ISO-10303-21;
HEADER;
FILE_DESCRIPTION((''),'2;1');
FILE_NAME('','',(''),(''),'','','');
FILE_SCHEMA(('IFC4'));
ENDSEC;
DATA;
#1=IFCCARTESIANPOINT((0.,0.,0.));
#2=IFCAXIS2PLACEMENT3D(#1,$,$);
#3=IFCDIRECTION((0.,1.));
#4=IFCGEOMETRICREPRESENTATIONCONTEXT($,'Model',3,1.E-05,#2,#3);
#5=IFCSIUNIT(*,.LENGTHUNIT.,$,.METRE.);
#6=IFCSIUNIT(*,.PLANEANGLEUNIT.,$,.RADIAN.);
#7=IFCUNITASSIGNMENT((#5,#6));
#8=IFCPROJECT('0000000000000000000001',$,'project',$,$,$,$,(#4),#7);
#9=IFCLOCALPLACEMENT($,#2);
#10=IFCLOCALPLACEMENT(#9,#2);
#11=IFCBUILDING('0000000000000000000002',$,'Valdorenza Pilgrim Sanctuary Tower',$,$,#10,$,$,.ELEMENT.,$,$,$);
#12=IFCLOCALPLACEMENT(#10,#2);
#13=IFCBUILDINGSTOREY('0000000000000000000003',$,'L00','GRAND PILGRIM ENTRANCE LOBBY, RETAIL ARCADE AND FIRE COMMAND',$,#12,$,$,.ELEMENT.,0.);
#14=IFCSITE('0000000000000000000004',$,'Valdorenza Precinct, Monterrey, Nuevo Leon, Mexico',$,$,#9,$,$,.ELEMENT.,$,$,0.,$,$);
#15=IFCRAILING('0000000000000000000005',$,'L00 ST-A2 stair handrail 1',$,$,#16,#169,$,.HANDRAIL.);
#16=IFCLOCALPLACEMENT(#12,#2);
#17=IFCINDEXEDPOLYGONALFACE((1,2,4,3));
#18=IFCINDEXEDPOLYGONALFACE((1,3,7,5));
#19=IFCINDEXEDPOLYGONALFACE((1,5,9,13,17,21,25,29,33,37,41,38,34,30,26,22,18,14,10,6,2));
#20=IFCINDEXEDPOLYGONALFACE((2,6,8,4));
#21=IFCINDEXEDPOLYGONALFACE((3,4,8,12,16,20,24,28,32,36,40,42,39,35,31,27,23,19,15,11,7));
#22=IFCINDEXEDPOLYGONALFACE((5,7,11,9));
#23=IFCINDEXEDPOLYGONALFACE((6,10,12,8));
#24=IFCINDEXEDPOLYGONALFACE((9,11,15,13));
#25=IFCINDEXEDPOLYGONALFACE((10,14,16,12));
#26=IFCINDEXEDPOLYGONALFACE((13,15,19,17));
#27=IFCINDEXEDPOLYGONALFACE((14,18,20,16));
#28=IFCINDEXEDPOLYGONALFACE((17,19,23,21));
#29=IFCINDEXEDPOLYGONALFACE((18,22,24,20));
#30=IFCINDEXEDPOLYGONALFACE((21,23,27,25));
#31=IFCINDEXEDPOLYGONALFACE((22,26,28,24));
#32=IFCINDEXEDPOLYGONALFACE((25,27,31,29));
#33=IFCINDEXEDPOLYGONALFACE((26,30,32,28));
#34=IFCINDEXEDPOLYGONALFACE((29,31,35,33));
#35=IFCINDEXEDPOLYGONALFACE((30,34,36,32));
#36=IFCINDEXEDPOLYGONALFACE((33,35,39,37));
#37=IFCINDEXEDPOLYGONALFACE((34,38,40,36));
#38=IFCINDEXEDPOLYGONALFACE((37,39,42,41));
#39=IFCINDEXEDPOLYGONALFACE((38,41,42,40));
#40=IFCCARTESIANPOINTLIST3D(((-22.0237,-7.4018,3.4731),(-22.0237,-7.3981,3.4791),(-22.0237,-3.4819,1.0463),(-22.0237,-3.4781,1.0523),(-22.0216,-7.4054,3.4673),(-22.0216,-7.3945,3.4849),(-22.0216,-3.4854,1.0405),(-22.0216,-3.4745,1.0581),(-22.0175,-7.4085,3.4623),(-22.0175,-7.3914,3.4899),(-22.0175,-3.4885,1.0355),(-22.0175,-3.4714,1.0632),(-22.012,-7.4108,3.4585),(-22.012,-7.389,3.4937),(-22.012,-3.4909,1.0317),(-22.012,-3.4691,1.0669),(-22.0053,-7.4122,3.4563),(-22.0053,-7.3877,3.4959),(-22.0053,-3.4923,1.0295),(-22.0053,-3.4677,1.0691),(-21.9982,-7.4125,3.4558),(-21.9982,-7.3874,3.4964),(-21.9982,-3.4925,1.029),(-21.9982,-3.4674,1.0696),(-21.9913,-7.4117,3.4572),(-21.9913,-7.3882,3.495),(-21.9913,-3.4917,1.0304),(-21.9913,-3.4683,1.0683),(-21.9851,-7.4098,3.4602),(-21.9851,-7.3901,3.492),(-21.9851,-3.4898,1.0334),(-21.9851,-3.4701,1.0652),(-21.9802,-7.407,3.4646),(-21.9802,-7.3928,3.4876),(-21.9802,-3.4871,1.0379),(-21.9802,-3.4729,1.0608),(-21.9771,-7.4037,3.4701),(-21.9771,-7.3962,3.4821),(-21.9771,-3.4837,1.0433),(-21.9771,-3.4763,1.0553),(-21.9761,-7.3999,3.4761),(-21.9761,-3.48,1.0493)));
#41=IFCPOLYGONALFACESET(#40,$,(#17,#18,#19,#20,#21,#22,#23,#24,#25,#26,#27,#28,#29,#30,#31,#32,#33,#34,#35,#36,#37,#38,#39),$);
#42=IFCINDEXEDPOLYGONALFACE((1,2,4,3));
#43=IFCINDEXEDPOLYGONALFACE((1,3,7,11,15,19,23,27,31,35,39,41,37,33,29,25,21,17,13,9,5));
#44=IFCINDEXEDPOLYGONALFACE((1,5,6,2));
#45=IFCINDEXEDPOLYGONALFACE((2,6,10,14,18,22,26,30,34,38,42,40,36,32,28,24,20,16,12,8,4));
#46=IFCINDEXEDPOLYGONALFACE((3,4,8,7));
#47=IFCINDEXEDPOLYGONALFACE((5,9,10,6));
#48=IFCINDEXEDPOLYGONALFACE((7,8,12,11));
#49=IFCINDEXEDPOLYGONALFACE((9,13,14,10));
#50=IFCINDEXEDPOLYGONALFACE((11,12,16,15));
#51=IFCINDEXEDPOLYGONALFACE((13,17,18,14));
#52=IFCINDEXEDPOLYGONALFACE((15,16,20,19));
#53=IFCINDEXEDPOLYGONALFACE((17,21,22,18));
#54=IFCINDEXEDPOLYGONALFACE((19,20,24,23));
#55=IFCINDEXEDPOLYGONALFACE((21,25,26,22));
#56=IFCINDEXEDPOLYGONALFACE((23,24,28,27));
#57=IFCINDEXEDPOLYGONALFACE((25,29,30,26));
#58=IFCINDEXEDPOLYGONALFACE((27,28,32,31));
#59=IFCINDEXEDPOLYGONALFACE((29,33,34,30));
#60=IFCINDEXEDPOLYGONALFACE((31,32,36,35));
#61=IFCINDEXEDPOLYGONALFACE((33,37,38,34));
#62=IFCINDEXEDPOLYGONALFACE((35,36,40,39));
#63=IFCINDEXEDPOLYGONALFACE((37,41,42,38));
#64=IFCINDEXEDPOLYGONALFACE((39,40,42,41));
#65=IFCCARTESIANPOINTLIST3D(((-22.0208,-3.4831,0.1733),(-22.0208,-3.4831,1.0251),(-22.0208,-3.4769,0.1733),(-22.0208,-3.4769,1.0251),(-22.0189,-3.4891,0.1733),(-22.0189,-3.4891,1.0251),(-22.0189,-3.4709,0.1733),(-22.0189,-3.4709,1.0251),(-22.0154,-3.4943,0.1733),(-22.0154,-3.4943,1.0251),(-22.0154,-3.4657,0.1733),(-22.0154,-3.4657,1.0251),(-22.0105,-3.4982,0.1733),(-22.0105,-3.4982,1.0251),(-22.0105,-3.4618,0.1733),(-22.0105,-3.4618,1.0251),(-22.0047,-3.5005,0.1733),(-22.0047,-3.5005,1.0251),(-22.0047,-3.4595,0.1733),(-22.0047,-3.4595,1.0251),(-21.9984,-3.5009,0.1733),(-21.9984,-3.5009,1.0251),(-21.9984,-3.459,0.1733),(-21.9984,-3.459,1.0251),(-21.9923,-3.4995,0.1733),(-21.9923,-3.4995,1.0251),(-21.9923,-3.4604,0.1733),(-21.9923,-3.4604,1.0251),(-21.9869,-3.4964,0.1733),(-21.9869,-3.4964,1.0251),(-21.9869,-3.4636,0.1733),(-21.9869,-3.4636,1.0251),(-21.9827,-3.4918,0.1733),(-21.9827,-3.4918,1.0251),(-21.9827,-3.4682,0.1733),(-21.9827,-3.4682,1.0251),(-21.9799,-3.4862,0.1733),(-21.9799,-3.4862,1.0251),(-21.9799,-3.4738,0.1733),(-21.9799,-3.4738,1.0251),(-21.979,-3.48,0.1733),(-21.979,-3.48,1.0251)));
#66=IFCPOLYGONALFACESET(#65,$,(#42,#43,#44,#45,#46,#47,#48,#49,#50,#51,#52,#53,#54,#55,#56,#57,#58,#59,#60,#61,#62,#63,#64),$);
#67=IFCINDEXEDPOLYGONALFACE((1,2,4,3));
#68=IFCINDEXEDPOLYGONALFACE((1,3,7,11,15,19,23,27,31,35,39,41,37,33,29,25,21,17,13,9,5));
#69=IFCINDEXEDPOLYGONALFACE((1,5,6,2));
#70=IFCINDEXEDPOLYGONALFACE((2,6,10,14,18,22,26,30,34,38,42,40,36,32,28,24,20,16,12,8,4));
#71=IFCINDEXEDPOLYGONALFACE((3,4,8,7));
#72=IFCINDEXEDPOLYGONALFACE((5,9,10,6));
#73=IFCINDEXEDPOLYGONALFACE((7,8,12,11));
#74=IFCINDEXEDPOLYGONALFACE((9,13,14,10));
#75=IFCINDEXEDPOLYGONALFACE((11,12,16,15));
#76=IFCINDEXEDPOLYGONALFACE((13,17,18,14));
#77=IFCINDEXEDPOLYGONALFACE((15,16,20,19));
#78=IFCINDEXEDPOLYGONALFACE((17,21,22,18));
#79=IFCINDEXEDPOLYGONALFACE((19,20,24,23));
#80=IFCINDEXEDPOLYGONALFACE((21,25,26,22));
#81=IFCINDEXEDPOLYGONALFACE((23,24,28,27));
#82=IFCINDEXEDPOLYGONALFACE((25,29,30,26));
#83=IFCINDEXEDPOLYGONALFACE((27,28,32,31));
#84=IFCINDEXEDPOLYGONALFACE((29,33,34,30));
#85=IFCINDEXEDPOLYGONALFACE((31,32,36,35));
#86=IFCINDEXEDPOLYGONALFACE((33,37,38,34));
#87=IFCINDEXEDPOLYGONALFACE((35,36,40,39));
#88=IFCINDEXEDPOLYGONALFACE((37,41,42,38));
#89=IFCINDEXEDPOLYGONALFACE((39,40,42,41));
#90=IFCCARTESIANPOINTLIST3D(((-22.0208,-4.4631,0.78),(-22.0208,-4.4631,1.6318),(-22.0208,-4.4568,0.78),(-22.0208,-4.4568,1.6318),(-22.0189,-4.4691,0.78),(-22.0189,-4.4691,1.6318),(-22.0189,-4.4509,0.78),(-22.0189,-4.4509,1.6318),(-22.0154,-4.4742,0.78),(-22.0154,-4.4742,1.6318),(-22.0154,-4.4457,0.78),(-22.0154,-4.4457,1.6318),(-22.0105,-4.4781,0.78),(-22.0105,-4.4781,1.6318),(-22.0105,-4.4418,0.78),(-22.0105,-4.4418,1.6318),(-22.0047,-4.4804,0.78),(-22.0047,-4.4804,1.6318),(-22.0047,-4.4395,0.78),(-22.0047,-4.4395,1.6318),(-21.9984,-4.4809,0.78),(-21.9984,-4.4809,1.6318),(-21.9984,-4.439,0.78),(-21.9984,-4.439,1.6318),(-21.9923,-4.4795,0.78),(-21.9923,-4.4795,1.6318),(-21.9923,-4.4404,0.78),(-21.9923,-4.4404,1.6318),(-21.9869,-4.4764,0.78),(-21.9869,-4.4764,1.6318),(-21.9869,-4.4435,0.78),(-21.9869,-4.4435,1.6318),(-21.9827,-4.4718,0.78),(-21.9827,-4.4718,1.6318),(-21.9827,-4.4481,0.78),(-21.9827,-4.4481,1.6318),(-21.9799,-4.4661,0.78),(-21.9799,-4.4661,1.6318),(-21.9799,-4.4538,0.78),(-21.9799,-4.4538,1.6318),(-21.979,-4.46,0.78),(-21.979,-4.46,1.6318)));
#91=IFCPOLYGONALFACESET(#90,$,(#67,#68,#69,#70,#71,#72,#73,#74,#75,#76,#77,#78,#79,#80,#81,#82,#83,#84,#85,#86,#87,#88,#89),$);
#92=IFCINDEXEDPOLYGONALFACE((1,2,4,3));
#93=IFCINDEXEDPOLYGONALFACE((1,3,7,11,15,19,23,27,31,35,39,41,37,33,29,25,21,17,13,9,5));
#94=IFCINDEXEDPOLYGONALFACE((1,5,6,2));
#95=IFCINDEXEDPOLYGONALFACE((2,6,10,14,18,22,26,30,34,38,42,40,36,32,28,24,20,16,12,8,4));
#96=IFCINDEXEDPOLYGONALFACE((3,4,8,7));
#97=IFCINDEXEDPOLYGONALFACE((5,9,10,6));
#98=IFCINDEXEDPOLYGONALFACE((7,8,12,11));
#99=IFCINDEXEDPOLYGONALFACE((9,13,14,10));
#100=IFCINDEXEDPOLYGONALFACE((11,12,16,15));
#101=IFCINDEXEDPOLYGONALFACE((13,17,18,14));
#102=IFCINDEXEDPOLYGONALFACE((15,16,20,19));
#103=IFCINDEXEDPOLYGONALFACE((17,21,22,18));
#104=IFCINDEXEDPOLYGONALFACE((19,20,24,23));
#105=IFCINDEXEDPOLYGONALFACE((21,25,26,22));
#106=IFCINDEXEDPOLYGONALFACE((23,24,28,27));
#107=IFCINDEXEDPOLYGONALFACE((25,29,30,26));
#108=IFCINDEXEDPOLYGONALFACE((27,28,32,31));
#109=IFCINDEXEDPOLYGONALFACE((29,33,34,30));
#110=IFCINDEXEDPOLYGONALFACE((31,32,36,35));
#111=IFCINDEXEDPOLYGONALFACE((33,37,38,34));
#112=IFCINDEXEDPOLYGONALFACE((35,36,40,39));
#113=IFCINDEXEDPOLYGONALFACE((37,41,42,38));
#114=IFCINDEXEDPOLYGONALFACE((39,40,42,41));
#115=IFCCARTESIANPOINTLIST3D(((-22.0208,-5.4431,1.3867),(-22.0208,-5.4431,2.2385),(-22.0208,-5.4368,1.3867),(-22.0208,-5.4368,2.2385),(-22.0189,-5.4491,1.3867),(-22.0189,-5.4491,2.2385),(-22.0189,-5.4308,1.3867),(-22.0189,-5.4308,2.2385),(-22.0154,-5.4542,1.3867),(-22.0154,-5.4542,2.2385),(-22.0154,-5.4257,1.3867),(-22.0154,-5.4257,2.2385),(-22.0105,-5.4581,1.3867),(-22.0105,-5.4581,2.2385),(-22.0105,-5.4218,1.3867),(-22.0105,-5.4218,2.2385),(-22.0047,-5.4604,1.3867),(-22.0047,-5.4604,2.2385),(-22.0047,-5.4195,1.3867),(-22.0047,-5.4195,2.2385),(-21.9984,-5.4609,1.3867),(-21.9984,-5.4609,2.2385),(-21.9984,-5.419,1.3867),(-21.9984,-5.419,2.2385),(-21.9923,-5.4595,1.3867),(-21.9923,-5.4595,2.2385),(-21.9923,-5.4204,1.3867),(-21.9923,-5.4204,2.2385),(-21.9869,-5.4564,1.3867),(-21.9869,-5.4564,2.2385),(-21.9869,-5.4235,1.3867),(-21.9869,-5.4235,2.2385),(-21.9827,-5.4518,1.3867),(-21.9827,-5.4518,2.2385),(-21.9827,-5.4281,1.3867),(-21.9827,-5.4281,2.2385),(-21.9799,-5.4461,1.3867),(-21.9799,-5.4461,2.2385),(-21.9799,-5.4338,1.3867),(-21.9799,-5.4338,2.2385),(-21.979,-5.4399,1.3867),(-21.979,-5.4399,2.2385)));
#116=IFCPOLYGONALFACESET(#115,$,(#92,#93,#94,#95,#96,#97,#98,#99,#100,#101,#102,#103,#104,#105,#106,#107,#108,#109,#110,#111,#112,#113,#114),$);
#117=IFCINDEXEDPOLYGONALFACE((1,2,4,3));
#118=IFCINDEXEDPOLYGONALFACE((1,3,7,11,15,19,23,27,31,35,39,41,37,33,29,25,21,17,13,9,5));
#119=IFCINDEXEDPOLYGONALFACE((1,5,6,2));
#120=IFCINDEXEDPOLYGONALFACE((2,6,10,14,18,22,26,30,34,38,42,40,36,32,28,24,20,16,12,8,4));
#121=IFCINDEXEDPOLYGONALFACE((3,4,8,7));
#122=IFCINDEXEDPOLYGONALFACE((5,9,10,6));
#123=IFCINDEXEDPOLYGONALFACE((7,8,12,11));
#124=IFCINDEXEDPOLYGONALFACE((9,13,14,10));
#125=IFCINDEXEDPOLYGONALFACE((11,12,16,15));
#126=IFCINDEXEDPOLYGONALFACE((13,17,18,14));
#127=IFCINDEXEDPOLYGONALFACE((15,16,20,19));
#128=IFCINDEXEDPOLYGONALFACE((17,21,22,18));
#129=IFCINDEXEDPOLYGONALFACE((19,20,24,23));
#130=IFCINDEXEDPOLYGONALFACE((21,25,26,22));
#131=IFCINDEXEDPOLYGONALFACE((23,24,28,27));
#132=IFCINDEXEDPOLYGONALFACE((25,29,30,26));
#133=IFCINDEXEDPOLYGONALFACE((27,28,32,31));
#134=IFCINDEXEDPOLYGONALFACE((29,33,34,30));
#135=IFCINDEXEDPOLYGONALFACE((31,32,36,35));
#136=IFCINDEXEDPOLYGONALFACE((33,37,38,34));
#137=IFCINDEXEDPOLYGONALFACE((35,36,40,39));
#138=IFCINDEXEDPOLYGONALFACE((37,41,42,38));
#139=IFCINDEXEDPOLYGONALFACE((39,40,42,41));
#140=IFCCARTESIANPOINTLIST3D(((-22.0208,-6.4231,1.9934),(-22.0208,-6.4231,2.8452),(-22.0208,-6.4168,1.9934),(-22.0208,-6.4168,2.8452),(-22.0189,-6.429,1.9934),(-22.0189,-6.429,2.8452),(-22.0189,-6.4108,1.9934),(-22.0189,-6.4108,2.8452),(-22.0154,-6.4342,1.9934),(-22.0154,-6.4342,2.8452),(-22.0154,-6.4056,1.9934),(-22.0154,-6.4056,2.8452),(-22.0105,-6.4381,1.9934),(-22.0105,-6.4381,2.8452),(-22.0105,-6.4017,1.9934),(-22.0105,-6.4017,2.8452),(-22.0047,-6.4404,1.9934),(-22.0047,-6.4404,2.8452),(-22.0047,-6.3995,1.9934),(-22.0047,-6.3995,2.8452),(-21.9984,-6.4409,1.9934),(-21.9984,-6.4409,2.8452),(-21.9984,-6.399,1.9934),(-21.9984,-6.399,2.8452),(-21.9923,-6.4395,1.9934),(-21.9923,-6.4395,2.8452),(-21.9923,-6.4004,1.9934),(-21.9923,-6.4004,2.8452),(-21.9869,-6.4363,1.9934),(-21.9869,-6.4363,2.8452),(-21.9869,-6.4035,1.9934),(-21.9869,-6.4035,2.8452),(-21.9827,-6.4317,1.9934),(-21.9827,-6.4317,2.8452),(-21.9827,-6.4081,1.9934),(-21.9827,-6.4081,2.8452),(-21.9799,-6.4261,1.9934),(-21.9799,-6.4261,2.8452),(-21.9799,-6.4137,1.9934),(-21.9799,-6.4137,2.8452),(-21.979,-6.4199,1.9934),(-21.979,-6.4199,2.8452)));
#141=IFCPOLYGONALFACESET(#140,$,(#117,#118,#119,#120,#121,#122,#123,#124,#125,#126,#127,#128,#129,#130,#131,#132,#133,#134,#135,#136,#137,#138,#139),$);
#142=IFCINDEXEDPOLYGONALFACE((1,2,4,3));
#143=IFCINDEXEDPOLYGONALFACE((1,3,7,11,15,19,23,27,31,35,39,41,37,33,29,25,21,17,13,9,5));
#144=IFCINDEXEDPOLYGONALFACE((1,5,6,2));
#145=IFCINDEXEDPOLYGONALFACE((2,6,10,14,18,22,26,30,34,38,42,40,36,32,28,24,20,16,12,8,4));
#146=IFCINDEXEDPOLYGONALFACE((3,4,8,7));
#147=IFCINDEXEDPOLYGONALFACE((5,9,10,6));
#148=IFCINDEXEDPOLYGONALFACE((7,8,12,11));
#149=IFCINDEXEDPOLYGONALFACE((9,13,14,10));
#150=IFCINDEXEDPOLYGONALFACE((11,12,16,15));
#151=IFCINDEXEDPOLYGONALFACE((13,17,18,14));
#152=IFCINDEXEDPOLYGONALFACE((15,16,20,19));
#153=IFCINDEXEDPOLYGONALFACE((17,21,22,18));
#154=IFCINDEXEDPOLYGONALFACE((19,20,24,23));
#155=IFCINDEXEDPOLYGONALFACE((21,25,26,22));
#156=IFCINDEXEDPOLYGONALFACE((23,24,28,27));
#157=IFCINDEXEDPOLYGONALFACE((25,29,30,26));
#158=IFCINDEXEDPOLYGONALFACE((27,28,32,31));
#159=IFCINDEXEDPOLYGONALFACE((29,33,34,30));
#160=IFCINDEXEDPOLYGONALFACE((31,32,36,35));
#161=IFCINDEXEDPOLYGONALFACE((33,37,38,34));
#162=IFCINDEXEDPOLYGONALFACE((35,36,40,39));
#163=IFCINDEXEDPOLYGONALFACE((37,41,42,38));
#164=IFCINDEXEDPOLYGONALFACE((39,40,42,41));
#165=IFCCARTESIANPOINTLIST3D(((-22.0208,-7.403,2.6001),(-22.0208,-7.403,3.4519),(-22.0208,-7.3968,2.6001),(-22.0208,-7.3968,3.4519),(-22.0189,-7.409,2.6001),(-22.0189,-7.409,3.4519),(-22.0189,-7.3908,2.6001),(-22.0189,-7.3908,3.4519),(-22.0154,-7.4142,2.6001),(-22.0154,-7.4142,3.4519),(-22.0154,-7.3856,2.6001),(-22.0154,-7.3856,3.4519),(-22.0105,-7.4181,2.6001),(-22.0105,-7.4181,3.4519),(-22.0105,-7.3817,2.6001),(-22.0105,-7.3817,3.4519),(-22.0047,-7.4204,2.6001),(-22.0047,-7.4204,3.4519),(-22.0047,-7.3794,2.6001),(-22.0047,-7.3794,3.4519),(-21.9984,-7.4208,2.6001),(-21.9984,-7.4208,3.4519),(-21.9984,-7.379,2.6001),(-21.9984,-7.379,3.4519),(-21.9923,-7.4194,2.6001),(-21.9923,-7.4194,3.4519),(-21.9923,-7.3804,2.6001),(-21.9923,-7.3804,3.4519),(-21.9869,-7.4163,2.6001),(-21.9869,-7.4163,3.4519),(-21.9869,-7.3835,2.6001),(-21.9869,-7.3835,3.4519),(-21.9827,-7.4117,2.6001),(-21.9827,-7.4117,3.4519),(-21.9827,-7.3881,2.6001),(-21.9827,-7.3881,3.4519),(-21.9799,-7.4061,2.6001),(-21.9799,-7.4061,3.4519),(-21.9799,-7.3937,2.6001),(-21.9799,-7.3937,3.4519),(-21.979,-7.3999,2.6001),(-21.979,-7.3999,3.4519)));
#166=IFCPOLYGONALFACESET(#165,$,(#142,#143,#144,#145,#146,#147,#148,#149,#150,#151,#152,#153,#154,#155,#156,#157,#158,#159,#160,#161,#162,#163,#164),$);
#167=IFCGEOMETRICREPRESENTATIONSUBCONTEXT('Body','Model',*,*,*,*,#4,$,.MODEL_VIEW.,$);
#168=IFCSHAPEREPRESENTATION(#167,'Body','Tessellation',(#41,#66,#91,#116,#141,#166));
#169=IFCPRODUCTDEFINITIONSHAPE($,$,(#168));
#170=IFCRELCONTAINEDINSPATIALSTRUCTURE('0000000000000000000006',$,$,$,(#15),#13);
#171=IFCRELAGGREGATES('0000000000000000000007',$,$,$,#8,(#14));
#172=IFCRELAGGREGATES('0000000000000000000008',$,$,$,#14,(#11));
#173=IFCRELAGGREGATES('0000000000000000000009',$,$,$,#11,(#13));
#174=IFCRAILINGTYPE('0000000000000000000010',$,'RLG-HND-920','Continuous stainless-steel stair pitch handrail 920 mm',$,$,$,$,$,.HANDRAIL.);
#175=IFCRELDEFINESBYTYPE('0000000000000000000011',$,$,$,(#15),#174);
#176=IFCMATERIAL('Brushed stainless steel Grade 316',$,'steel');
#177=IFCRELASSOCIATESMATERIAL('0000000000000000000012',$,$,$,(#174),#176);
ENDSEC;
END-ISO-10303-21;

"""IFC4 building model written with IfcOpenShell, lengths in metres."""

from ifc_helpers import new_model, si_unit, direction, frame, origin, origin_2d, place, context, subcontext, project, spatial, circle, extrude, material, type_object, element, save


model = new_model("IFC4")

# Units and contexts
model_context = context("Model", 3, precision=1e-05, world=origin(), true_north=direction((0.0, 1.0)))
body_context = subcontext(model_context, "Body", "Model", "MODEL_VIEW")
ifc_project = project(units=[si_unit("LENGTHUNIT", "METRE"), si_unit("PLANEANGLEUNIT", "RADIAN")], contexts=[model_context])

# Site, building, storey
site_placement = place(None, origin())
site = spatial("IfcSite", under=ifc_project, at=site_placement, Name="Valdorenza Precinct, Monterrey, Nuevo Leon, Mexico", CompositionType="ELEMENT", RefElevation=0.0)
building_placement = place(site_placement, origin())
building = spatial("IfcBuilding", under=site, at=building_placement, Name="Valdorenza Pilgrim Sanctuary Tower", CompositionType="ELEMENT")
storey_placement = place(building_placement, origin())
storey = spatial("IfcBuildingStorey", under=building, at=storey_placement, Name="L00", Description="GRAND PILGRIM ENTRANCE LOBBY, RETAIL ARCADE AND FIRE COMMAND", CompositionType="ELEMENT", Elevation=0.0)

# Railing
ifc_material_1 = material(Name="Brushed stainless steel Grade 316", Category="steel")
railing_type_1 = type_object("IfcRailingType", Name="RLG-HND-920", Description="Continuous stainless-steel stair pitch handrail 920 mm", PredefinedType="HANDRAIL", material=ifc_material_1)
railing_1_placement = place(storey_placement, frame((-22.0, -3.48, 0.1733)))
element("IfcRailing", 1, at=railing_1_placement, inside=storey, type_object=railing_type_1, Name="L00 ST-A2 stair handrail 1", PredefinedType="HANDRAIL", context=body_context, shape_type="SweptSolid", body=[
    extrude(circle(Radius=0.0239, at=origin_2d()), frame((0.0, 0.0, 0.876), z_axis=(0.0, -0.850252, 0.526376), x_axis=(1.0, 0.0, 0.0)), (0.0, 0.0, 1.0), 4.6104),
    extrude(circle(Radius=0.021, at=origin_2d()), origin(), (0.0, 0.0, 1.0), 0.8518),
    extrude(circle(Radius=0.021, at=origin_2d()), frame((0.0, -0.98, 0.6067)), (0.0, 0.0, 1.0), 0.8518),
    extrude(circle(Radius=0.021, at=origin_2d()), frame((0.0, -1.96, 1.2134)), (0.0, 0.0, 1.0), 0.8518),
    extrude(circle(Radius=0.021, at=origin_2d()), frame((0.0, -2.9399, 1.8201)), (0.0, 0.0, 1.0), 0.8518),
    extrude(circle(Radius=0.021, at=origin_2d()), frame((0.0, -3.9199, 2.4268)), (0.0, 0.0, 1.0), 0.8518),
])

save(model, "model.ifc")
